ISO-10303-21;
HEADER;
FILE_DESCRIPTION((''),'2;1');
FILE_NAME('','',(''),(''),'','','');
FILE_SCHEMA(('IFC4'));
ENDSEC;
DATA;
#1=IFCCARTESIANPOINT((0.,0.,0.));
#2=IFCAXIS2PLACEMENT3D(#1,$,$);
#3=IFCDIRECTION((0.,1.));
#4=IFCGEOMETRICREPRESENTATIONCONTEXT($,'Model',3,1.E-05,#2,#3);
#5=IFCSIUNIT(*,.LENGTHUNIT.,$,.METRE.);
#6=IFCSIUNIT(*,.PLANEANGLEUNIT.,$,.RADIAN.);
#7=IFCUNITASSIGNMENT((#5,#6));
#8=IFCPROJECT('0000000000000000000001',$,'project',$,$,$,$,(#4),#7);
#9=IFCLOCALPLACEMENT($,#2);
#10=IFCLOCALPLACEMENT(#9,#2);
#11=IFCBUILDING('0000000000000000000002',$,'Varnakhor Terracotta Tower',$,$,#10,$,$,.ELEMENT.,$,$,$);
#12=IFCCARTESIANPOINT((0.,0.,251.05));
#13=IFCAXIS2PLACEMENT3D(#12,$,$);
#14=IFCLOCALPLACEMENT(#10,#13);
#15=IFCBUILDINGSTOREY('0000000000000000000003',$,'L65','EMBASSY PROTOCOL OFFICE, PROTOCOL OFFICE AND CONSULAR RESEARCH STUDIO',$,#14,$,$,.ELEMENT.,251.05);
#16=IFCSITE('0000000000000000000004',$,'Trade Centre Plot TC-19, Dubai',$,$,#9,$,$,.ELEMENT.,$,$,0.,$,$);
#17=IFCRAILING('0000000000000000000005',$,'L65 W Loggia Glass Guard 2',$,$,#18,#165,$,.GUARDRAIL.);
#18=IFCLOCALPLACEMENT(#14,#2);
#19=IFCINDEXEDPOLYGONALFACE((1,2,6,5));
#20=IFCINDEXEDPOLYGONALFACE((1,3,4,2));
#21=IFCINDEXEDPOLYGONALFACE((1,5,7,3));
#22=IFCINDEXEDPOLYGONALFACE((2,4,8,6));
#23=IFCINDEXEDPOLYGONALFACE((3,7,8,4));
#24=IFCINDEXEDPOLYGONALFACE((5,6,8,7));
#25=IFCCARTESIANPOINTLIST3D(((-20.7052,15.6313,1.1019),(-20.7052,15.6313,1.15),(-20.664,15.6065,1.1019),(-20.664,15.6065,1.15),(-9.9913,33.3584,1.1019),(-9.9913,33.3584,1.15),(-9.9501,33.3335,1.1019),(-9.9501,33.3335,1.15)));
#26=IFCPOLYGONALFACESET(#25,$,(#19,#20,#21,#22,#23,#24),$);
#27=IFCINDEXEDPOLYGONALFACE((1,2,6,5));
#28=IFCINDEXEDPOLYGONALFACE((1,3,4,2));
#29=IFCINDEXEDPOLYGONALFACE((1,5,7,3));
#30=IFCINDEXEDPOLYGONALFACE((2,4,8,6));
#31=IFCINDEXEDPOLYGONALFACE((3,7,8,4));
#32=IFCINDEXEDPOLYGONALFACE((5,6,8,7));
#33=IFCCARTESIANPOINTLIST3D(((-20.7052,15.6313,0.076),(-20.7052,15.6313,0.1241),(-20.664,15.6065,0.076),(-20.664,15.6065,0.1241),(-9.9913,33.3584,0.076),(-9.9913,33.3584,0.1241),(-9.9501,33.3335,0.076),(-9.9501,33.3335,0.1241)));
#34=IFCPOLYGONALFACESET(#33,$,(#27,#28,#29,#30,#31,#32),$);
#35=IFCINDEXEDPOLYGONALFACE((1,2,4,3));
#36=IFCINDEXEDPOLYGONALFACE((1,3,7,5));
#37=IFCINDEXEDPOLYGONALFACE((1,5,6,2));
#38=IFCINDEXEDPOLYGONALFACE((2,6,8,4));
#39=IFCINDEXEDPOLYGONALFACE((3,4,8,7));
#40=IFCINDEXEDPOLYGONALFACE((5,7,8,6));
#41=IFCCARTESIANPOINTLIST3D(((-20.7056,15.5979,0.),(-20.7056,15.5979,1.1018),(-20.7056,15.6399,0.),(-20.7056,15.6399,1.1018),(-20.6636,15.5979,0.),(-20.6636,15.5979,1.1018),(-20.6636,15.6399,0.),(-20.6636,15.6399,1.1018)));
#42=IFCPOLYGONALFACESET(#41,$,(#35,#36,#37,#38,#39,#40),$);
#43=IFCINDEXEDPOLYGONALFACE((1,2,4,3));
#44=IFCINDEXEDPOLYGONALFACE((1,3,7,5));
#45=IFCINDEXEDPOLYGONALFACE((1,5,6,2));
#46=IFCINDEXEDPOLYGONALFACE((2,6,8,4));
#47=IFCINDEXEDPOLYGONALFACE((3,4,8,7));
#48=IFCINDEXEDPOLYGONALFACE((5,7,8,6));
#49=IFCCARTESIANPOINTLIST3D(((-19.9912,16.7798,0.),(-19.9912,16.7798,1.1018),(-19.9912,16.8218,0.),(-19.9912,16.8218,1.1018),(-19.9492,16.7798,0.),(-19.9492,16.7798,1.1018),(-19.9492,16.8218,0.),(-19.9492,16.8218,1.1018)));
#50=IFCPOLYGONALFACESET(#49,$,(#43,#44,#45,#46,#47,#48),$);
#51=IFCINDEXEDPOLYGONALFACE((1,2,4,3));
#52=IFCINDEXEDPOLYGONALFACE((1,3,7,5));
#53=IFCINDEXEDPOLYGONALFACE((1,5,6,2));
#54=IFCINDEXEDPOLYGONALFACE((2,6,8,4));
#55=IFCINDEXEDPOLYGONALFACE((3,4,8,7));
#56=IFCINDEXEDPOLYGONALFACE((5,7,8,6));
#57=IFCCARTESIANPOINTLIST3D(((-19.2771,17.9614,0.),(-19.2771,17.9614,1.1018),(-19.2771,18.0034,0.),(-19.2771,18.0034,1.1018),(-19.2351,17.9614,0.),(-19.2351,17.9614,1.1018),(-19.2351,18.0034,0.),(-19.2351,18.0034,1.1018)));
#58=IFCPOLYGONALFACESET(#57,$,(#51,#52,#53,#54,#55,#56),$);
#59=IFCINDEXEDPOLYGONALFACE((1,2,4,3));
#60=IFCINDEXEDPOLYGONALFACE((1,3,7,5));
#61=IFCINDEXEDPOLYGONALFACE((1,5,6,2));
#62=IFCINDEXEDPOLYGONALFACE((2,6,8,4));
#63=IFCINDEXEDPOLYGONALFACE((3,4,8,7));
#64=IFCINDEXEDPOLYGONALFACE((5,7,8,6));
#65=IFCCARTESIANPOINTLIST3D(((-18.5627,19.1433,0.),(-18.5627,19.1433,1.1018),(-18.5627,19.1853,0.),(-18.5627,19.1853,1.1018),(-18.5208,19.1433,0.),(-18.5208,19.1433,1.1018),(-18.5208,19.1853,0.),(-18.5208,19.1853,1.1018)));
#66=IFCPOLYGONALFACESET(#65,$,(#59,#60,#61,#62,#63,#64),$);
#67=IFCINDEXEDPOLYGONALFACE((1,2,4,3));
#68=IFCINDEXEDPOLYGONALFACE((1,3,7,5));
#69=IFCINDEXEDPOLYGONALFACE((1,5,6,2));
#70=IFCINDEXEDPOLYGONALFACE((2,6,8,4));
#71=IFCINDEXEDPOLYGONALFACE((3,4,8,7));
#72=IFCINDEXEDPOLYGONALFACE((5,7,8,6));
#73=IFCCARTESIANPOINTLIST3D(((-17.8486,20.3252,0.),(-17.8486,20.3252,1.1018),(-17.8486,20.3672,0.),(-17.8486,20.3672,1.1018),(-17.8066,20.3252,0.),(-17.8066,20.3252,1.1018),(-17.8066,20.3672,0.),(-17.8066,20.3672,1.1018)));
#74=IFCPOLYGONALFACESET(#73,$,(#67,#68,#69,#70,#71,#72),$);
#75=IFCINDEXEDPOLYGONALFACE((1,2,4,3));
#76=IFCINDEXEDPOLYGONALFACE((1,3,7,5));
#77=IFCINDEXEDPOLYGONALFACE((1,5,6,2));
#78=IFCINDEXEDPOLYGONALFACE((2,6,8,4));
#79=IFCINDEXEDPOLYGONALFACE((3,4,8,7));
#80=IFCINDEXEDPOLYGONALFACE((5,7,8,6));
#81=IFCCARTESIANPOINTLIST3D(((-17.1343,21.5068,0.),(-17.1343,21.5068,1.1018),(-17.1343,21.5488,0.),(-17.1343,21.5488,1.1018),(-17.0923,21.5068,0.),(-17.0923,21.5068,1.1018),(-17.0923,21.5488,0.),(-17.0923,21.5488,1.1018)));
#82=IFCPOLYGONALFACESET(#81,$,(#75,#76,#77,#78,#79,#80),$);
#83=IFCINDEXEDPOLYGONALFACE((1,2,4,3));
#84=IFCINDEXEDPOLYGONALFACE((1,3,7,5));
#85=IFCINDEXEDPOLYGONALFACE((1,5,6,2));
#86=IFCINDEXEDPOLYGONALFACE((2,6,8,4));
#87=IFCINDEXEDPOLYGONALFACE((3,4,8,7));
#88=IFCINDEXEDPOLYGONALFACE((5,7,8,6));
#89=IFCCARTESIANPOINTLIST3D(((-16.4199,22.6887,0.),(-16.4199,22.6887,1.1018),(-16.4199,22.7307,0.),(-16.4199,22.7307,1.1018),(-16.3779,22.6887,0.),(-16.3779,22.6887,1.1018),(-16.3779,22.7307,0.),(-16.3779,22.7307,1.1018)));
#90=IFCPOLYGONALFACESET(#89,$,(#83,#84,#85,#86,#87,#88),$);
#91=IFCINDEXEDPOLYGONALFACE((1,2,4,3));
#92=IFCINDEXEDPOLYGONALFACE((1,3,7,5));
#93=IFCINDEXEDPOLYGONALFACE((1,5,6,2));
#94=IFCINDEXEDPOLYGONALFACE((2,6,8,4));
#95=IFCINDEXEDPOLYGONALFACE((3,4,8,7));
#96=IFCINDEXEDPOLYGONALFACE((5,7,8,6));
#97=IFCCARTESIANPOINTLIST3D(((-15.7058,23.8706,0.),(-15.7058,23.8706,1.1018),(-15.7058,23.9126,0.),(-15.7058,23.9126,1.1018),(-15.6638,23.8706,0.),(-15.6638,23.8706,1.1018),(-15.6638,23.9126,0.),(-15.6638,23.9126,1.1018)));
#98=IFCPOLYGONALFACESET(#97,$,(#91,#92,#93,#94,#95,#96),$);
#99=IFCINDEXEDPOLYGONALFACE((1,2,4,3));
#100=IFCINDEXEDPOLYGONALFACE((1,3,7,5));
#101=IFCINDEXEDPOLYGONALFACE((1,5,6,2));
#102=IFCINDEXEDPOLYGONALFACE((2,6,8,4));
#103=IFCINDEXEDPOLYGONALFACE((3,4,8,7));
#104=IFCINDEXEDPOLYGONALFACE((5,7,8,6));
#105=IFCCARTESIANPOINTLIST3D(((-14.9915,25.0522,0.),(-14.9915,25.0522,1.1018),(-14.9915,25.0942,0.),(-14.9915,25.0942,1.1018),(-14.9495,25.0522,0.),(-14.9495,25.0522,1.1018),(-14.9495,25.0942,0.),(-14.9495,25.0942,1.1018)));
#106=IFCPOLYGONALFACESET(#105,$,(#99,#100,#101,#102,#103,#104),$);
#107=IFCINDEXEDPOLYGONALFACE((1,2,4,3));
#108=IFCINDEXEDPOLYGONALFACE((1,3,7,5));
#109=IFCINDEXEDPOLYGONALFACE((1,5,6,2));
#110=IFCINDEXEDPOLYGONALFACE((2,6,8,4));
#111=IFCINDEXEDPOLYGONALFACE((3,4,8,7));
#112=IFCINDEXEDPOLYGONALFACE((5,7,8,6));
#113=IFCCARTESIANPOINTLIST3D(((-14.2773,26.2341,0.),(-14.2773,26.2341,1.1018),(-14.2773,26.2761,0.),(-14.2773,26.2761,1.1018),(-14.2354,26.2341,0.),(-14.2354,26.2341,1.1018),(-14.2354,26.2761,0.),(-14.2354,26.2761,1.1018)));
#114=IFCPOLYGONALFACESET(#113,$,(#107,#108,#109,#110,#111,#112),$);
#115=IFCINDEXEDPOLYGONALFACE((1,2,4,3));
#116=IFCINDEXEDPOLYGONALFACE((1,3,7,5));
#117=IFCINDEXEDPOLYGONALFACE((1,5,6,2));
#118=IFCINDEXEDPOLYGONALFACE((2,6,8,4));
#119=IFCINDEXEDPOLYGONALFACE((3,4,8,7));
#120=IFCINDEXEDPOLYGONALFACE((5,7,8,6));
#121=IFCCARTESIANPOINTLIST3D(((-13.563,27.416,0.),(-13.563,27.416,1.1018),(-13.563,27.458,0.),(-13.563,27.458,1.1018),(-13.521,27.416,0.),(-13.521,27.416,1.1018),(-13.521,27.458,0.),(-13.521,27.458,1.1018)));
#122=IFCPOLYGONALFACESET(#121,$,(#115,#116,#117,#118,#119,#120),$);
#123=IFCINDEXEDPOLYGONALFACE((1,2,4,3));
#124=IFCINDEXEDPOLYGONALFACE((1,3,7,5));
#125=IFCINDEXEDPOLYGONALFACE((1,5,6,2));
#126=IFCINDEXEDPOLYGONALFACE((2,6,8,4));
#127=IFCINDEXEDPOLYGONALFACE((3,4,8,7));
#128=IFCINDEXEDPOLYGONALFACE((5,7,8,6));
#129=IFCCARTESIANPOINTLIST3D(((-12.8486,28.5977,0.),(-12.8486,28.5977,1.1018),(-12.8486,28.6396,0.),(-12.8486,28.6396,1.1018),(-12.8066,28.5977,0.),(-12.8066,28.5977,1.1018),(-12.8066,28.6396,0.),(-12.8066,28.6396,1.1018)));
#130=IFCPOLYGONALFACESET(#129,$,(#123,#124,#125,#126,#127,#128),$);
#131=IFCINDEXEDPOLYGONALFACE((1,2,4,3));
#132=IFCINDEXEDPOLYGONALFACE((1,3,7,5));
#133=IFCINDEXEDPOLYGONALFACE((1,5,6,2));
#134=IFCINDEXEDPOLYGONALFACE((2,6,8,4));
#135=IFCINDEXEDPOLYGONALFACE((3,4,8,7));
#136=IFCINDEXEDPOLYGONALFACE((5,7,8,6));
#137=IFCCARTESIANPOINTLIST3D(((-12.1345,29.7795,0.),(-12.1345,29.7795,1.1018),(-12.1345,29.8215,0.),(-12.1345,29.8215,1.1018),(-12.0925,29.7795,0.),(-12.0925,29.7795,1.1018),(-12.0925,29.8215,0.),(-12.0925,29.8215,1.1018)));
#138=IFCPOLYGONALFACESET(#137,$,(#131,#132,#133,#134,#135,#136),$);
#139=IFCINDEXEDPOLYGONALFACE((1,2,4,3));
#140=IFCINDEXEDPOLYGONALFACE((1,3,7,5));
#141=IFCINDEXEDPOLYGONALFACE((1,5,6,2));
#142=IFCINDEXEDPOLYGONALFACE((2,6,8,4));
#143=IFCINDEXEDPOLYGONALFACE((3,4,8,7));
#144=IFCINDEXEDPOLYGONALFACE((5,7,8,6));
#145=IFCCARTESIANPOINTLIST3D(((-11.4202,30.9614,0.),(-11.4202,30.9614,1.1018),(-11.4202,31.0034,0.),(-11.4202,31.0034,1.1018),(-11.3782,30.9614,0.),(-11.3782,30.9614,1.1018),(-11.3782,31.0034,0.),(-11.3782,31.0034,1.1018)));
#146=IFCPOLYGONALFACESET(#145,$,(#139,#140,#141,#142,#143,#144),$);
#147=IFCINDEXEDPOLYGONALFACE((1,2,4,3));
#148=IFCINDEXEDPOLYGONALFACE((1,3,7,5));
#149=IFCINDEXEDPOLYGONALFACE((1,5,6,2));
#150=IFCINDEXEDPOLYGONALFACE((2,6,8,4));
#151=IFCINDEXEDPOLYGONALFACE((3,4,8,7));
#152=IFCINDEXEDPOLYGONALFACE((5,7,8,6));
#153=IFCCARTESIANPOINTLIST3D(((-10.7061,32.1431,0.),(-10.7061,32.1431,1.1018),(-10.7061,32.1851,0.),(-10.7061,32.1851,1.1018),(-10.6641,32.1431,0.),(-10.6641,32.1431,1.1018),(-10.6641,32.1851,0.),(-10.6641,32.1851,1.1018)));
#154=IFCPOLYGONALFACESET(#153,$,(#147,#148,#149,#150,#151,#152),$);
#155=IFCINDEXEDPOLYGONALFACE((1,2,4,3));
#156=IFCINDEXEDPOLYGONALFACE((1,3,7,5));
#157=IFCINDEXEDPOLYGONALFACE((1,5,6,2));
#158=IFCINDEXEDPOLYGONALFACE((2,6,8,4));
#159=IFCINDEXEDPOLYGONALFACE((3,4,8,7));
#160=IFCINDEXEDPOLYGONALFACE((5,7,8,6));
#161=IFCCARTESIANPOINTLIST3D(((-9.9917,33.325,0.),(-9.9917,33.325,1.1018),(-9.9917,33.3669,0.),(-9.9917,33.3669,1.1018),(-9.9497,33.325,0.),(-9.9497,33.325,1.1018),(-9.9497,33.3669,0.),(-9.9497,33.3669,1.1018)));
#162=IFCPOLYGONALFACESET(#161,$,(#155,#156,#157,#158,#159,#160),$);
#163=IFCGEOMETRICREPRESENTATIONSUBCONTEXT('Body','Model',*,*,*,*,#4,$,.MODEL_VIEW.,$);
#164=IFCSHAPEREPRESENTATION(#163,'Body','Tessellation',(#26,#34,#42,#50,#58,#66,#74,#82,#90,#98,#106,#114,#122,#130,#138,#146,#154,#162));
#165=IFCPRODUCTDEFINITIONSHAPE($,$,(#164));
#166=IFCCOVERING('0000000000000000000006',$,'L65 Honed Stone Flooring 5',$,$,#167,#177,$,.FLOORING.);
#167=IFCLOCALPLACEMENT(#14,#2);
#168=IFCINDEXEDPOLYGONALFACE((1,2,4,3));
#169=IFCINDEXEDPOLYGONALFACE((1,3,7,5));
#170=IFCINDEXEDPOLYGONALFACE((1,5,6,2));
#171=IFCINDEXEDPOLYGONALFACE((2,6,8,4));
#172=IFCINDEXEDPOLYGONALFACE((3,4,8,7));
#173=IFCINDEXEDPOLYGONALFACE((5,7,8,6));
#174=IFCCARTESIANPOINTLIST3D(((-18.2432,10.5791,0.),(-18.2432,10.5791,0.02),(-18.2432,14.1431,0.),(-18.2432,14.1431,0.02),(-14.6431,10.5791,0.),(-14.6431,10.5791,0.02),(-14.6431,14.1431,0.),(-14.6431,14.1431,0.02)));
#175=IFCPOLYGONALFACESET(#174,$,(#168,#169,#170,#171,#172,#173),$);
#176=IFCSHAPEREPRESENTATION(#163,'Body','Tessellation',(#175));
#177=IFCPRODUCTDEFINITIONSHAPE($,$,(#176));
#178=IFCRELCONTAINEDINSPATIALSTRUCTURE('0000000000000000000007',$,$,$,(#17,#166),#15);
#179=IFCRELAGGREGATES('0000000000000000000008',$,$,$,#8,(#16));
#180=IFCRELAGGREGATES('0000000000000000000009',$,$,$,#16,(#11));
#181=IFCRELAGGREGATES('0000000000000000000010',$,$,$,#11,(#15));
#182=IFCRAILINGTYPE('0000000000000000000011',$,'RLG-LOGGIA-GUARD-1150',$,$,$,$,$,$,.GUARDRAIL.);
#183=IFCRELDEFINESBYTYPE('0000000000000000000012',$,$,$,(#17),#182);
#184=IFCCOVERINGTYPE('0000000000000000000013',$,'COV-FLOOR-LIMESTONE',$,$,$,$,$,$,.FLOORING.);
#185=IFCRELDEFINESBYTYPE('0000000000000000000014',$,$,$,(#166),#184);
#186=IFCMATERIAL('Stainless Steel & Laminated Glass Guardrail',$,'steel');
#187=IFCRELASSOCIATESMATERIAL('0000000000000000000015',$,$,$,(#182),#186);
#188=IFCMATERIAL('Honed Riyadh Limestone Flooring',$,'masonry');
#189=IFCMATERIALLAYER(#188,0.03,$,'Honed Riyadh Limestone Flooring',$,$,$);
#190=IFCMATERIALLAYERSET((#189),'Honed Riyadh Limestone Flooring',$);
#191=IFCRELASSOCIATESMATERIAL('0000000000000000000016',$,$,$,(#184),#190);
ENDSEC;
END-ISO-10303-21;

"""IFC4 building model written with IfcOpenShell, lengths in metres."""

from ifc_helpers import new_model, si_unit, direction, frame, origin, origin_2d, place, context, subcontext, project, spatial, rectangle, extrude, source, transform, mapped, material, layer, layer_set, type_object, element, save


model = new_model("IFC4")

# Units and contexts
model_context = context("Model", 3, precision=1e-05, world=origin(), true_north=direction((0.0, 1.0)))
body_context = subcontext(model_context, "Body", "Model", "MODEL_VIEW")
ifc_project = project(units=[si_unit("LENGTHUNIT", "METRE"), si_unit("PLANEANGLEUNIT", "RADIAN")], contexts=[model_context])

# Site, building, storey
site_placement = place(None, origin())
site = spatial("IfcSite", under=ifc_project, at=site_placement, Name="Trade Centre Plot TC-19, Dubai", CompositionType="ELEMENT", RefElevation=0.0)
building_placement = place(site_placement, origin())
building = spatial("IfcBuilding", under=site, at=building_placement, Name="Varnakhor Terracotta Tower", CompositionType="ELEMENT")
storey_placement = place(building_placement, frame((0.0, 0.0, 251.05)))
storey = spatial("IfcBuildingStorey", under=building, at=storey_placement, Name="L65", Description="EMBASSY PROTOCOL OFFICE, PROTOCOL OFFICE AND CONSULAR RESEARCH STUDIO", CompositionType="ELEMENT", Elevation=251.05)

# Railing
ifc_material_1 = material(Name="Stainless Steel & Laminated Glass Guardrail", Category="steel")
railing_type = type_object("IfcRailingType", Name="RLG-LOGGIA-GUARD-1150", PredefinedType="GUARDRAIL", material=ifc_material_1)
railing_1_placement = place(storey_placement, frame((-20.6846, 15.6189, 0.0)))
element("IfcRailing", 1, at=railing_1_placement, inside=storey, type_object=railing_type, Name="L65 W Loggia Glass Guard 2", PredefinedType="GUARDRAIL", context=body_context, shape_type="SweptSolid", body=[
    extrude(rectangle(XDim=0.0481, YDim=0.0481, at=origin_2d()), frame((0.0, 0.0, 1.126), z_axis=(0.517249, 0.855835, 0.0), x_axis=(-0.855835, 0.517249, 0.0)), (0.0, 0.0, 1.0), 20.7131),
    extrude(rectangle(XDim=0.0481, YDim=0.0481, at=origin_2d()), frame((0.0, 0.0, 0.1001), z_axis=(0.517249, 0.855835, 0.0), x_axis=(-0.855835, 0.517249, 0.0)), (0.0, 0.0, 1.0), 20.7131),
    extrude(rectangle(XDim=0.042, YDim=0.042, at=origin_2d()), origin(), (0.0, 0.0, 1.0), 1.1018),
    extrude(rectangle(XDim=0.042, YDim=0.042, at=origin_2d()), frame((0.7144, 1.1819, 0.0)), (0.0, 0.0, 1.0), 1.1018),
    extrude(rectangle(XDim=0.042, YDim=0.042, at=origin_2d()), frame((1.4285, 2.3635, 0.0)), (0.0, 0.0, 1.0), 1.1018),
    extrude(rectangle(XDim=0.042, YDim=0.042, at=origin_2d()), frame((2.1428, 3.5454, 0.0)), (0.0, 0.0, 1.0), 1.1018),
    extrude(rectangle(XDim=0.042, YDim=0.042, at=origin_2d()), frame((2.8569, 4.7273, 0.0)), (0.0, 0.0, 1.0), 1.1018),
    extrude(rectangle(XDim=0.042, YDim=0.042, at=origin_2d()), frame((3.5713, 5.9089, 0.0)), (0.0, 0.0, 1.0), 1.1018),
    extrude(rectangle(XDim=0.042, YDim=0.042, at=origin_2d()), frame((4.2856, 7.0908, 0.0)), (0.0, 0.0, 1.0), 1.1018),
    extrude(rectangle(XDim=0.042, YDim=0.042, at=origin_2d()), frame((4.9998, 8.2727, 0.0)), (0.0, 0.0, 1.0), 1.1018),
    extrude(rectangle(XDim=0.042, YDim=0.042, at=origin_2d()), frame((5.7141, 9.4543, 0.0)), (0.0, 0.0, 1.0), 1.1018),
    extrude(rectangle(XDim=0.042, YDim=0.042, at=origin_2d()), frame((6.4282, 10.6362, 0.0)), (0.0, 0.0, 1.0), 1.1018),
    extrude(rectangle(XDim=0.042, YDim=0.042, at=origin_2d()), frame((7.1426, 11.8181, 0.0)), (0.0, 0.0, 1.0), 1.1018),
    extrude(rectangle(XDim=0.042, YDim=0.042, at=origin_2d()), frame((7.8569, 12.9998, 0.0)), (0.0, 0.0, 1.0), 1.1018),
    extrude(rectangle(XDim=0.042, YDim=0.042, at=origin_2d()), frame((8.571, 14.1816, 0.0)), (0.0, 0.0, 1.0), 1.1018),
    extrude(rectangle(XDim=0.042, YDim=0.042, at=origin_2d()), frame((9.2854, 15.3635, 0.0)), (0.0, 0.0, 1.0), 1.1018),
    extrude(rectangle(XDim=0.042, YDim=0.042, at=origin_2d()), frame((9.9995, 16.5452, 0.0)), (0.0, 0.0, 1.0), 1.1018),
    extrude(rectangle(XDim=0.042, YDim=0.042, at=origin_2d()), frame((10.7139, 17.7271, 0.0)), (0.0, 0.0, 1.0), 1.1018),
])

# Covering
ifc_material_2 = material(Name="Honed Riyadh Limestone Flooring", Category="masonry")
ifc_layer_1 = layer(ifc_material_2, 0.03, Name="Honed Riyadh Limestone Flooring")
ifc_layer_set_1 = layer_set([ifc_layer_1], Name="Honed Riyadh Limestone Flooring")
covering_type = type_object("IfcCoveringType", Name="COV-FLOOR-LIMESTONE", PredefinedType="FLOORING", material=ifc_layer_set_1)
shared_shape_1 = source(origin(), body_context, "Body", "SweptSolid", [
    extrude(rectangle(XDim=3.6001, YDim=3.564, at=origin_2d()), origin(), (0.0, 0.0, 1.0), 0.02),
])
covering_placement = place(storey_placement, frame((-16.4431, 12.3611, 0.0), z_axis=(0.0, 0.0, 1.0), x_axis=(1.0, 0.0, 0.0)))
element("IfcCovering", 2, at=covering_placement, inside=storey, type_object=covering_type, Name="L65 Honed Stone Flooring 5", PredefinedType="FLOORING", context=body_context, shape_type="MappedRepresentation", body=[
    mapped(shared_shape_1, transform((0.0, 0.0, 0.0), scale=1.0)),
])

save(model, "model.ifc")
